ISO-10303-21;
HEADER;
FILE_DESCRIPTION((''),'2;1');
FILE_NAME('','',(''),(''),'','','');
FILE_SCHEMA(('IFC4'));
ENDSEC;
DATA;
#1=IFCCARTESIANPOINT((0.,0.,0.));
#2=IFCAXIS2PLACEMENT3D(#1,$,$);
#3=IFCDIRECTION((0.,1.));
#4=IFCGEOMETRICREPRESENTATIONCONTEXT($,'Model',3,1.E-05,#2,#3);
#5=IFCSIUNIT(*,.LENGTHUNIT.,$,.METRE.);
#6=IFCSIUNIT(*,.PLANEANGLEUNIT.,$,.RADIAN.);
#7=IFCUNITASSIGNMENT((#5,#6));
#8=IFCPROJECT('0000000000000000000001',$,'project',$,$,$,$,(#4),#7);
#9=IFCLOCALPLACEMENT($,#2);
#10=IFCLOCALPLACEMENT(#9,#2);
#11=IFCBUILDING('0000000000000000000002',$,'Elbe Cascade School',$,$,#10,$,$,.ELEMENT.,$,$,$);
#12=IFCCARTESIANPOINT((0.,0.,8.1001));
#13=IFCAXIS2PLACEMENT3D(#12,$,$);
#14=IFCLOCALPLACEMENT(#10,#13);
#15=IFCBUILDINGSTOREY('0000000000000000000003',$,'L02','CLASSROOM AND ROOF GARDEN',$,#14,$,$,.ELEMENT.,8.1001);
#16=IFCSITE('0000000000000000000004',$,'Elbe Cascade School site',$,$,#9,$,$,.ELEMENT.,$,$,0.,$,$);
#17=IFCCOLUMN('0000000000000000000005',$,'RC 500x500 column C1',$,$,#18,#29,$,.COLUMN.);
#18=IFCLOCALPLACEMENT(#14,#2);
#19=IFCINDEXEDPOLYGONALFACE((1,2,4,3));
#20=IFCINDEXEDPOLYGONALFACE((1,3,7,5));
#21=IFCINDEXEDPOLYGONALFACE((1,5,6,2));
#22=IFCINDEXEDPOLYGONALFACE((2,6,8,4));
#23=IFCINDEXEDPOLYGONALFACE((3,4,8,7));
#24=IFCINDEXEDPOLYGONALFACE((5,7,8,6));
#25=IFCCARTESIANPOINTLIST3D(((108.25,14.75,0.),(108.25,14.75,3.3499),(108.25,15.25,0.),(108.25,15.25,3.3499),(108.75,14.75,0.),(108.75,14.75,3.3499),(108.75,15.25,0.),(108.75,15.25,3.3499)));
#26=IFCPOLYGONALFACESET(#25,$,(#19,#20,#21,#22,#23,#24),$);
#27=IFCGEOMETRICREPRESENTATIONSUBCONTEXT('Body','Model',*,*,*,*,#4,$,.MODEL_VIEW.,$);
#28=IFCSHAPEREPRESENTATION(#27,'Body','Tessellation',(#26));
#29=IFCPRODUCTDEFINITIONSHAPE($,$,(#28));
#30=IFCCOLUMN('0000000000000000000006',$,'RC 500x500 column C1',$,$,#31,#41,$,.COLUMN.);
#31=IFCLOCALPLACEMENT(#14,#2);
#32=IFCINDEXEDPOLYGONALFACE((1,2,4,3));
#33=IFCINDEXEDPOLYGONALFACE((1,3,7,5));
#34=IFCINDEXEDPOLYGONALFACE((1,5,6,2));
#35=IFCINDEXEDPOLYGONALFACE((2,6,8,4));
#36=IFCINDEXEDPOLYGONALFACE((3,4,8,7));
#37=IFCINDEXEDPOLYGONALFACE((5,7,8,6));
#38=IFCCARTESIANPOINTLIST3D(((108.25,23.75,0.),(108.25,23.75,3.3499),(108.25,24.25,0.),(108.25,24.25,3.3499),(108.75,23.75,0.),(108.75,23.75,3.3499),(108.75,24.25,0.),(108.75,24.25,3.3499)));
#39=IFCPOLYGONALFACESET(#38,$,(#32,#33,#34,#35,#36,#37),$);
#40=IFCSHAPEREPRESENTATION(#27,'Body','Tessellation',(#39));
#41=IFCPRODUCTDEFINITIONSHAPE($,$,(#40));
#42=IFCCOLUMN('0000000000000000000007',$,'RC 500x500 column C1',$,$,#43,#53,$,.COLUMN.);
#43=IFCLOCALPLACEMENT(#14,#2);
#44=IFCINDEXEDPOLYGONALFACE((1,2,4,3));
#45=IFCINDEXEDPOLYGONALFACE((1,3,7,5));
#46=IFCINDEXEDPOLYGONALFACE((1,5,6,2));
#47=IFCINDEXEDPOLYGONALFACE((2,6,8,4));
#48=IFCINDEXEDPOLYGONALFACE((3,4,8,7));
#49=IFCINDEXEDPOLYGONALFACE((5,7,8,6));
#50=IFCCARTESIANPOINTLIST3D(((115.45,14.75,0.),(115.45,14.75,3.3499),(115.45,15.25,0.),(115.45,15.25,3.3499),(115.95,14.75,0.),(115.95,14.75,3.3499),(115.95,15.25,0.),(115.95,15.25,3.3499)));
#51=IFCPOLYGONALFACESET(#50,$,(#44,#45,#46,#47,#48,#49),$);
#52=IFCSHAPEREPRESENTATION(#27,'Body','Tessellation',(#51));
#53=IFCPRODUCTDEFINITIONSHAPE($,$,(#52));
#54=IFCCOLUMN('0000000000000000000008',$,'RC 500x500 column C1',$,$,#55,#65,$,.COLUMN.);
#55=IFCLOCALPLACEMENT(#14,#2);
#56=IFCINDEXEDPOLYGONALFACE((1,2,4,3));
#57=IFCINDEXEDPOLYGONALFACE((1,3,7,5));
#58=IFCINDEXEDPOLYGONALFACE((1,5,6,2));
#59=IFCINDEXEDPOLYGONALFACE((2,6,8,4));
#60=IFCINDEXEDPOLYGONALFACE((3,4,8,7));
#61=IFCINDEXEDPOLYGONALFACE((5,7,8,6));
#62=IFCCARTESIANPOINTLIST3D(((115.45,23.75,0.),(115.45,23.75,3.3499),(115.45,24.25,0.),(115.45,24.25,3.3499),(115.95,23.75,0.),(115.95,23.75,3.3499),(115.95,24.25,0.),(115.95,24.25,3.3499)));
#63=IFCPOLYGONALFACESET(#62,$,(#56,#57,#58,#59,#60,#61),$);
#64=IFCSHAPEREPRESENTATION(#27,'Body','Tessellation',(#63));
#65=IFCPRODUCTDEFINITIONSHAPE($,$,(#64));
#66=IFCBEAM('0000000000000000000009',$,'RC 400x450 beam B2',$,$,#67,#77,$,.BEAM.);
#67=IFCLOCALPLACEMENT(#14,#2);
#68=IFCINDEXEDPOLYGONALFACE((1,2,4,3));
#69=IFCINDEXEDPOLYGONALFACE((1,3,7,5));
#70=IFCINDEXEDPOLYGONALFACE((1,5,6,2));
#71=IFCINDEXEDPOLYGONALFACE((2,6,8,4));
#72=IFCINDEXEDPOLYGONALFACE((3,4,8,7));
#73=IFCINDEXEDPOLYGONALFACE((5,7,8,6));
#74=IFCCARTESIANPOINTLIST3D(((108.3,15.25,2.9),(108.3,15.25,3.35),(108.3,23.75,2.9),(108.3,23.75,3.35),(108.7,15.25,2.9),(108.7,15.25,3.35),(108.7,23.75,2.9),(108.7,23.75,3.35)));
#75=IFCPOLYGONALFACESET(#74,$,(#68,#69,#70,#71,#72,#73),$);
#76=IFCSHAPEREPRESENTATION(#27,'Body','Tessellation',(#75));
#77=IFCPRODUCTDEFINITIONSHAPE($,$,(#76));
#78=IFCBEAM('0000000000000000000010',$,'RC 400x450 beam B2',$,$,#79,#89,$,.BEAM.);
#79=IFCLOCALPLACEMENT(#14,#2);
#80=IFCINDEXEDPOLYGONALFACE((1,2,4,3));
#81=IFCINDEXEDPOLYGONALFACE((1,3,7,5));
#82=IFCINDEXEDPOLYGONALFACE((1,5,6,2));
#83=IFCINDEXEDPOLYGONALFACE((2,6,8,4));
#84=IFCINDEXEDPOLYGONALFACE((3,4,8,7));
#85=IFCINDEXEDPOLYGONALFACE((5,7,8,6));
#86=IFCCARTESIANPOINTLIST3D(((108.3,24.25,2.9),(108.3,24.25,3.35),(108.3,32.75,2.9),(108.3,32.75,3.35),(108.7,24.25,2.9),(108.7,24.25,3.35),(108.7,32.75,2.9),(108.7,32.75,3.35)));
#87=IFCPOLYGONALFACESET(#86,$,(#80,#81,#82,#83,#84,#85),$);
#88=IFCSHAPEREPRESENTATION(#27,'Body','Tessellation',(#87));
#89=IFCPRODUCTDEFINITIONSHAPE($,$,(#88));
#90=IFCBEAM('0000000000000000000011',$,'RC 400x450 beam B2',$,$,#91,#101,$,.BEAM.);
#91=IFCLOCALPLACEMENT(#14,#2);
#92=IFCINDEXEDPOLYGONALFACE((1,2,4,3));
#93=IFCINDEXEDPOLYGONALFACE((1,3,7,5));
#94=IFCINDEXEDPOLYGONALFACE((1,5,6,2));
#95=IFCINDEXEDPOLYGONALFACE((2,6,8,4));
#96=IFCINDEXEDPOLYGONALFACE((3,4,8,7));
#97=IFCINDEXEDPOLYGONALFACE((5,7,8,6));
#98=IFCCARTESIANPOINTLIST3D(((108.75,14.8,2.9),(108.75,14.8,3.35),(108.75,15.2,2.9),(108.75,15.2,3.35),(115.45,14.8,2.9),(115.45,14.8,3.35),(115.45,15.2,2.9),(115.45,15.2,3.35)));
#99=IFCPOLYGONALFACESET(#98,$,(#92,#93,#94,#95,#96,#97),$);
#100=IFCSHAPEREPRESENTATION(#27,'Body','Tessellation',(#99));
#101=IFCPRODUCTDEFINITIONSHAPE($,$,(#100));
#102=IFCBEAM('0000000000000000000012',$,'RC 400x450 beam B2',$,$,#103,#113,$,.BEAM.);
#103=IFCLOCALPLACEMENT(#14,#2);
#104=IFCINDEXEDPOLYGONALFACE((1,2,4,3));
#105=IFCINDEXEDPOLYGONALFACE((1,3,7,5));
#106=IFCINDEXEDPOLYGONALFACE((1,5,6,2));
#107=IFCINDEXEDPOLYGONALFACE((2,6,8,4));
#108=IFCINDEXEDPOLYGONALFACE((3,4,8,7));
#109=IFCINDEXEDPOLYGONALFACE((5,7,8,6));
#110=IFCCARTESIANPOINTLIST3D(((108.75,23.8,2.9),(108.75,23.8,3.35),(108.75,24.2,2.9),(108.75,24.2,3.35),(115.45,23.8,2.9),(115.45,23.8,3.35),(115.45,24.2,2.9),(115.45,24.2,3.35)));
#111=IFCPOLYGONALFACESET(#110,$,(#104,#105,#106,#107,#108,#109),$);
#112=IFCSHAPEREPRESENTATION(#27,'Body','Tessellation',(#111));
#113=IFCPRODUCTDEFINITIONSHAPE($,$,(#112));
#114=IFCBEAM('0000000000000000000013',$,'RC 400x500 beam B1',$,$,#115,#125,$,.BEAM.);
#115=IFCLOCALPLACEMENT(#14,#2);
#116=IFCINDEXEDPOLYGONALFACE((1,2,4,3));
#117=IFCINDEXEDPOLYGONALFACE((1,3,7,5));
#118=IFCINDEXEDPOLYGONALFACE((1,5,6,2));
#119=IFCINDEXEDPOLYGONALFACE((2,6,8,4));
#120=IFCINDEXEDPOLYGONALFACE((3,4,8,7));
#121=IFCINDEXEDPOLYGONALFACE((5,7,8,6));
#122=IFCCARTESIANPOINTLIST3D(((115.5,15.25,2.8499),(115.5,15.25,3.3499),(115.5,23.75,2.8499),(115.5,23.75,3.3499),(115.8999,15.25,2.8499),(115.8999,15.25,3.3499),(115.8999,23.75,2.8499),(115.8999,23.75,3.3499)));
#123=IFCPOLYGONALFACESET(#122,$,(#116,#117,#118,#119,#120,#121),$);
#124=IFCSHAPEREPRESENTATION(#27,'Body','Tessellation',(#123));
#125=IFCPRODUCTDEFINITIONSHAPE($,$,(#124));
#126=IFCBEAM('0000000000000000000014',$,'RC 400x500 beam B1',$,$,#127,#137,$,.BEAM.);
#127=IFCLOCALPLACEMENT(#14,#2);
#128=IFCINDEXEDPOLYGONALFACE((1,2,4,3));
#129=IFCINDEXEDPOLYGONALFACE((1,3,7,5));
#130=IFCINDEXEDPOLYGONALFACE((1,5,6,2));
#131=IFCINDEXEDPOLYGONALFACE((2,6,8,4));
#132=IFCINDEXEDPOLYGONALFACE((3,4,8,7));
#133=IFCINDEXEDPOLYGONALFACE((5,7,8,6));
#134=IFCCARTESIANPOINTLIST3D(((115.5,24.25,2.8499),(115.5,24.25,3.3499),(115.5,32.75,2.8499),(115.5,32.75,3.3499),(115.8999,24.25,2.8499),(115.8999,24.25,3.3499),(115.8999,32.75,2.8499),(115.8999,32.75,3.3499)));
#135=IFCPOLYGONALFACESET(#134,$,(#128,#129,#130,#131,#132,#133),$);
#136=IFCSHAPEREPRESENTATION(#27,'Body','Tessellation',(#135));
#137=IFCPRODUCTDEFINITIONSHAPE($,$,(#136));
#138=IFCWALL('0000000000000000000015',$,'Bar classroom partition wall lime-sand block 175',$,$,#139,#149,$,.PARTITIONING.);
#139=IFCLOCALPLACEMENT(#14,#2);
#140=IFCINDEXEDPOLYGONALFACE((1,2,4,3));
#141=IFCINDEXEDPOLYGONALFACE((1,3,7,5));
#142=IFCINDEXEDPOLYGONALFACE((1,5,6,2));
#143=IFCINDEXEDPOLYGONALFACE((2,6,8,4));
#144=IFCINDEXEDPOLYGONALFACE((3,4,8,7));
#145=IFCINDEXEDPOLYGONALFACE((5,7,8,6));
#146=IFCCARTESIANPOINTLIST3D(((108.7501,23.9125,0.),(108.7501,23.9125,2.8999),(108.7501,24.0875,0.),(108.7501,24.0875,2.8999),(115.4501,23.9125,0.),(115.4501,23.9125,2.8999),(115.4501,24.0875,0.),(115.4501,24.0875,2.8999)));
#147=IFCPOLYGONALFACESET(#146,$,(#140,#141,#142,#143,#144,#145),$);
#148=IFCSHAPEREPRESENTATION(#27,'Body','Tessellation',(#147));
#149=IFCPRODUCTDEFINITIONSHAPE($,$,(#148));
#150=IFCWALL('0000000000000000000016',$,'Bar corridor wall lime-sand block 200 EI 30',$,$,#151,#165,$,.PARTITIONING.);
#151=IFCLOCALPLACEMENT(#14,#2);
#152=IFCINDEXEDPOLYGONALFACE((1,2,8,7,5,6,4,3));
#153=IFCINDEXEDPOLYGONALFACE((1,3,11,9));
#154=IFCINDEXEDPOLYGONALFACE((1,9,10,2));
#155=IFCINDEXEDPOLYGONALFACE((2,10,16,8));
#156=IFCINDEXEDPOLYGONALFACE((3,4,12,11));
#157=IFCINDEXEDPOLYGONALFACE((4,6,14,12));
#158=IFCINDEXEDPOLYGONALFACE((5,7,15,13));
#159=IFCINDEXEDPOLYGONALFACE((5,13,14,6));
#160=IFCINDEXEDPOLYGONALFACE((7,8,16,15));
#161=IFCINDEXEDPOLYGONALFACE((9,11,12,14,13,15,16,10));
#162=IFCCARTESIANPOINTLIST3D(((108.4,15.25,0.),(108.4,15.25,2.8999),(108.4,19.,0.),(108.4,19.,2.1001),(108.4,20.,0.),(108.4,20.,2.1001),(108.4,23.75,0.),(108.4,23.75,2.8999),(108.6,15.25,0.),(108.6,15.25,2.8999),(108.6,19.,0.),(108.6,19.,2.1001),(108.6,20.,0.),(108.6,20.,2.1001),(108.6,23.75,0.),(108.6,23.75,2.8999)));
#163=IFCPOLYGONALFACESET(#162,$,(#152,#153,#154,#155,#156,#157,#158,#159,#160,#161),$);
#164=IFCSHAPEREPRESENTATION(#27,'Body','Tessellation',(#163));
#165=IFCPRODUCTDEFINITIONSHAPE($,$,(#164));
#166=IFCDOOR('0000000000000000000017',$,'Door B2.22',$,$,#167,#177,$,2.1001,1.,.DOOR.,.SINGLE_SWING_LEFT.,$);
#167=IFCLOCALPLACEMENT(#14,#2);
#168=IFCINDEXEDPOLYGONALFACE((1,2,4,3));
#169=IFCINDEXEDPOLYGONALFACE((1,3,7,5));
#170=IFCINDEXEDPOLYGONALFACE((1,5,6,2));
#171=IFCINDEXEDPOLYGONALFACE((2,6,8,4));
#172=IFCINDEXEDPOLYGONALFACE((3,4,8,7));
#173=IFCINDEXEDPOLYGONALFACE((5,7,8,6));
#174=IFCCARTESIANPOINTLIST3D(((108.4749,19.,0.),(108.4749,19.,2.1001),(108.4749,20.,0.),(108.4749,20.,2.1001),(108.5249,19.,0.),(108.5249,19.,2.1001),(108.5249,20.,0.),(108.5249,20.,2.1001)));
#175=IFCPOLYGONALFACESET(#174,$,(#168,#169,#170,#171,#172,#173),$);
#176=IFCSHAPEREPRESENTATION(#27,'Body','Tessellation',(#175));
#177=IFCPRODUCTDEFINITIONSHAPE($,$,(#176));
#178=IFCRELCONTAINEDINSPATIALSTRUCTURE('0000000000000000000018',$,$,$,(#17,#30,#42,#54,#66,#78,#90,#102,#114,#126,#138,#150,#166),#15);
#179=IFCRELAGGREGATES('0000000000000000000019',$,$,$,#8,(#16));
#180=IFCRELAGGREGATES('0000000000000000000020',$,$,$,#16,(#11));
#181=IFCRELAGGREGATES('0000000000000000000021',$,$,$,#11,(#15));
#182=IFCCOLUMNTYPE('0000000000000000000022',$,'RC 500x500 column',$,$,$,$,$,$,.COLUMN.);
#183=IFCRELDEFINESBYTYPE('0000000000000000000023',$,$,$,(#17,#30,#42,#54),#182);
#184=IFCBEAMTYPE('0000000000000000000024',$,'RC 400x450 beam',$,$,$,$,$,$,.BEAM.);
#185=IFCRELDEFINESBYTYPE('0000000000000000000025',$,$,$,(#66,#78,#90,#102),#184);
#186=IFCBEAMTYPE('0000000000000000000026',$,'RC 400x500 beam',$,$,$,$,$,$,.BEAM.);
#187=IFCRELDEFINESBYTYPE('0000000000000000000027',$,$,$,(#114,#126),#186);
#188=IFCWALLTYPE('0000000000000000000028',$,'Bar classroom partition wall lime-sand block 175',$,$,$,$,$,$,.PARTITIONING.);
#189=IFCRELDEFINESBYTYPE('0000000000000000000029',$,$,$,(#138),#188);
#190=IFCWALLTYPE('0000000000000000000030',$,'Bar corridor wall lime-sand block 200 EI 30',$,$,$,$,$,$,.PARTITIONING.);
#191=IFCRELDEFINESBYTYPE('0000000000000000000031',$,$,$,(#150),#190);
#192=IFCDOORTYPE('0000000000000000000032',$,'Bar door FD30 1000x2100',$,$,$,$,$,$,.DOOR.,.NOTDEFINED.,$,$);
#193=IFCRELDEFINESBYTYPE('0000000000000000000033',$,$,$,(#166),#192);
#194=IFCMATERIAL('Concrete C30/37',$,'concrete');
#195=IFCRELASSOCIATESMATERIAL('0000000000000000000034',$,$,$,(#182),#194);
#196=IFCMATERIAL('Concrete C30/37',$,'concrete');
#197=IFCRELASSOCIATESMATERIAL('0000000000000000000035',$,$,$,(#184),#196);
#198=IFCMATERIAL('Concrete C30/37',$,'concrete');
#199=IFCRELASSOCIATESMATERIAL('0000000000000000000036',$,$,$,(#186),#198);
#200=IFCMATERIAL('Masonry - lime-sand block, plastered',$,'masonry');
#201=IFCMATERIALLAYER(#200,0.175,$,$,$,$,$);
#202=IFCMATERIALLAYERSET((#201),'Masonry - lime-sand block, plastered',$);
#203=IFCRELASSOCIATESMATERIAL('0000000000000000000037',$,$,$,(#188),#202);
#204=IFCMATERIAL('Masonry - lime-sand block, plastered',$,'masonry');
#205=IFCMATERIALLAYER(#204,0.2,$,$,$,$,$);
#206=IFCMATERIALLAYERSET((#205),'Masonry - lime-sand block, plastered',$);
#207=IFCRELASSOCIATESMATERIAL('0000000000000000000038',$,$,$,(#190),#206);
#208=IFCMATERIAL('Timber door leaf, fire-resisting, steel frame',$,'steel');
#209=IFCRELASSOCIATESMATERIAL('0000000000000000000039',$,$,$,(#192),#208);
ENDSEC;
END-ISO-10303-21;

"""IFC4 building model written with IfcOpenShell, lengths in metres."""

from ifc_helpers import new_model, si_unit, direction, frame, frame_2d, origin, origin_2d, place, context, subcontext, project, spatial, rectangle, extrude, material, layer, layer_set, material_profile, profile_set, type_object, element, fill, save


model = new_model("IFC4")

# Units and contexts
model_context = context("Model", 3, precision=1e-05, world=origin(), true_north=direction((0.0, 1.0)))
body_context = subcontext(model_context, "Body", "Model", "MODEL_VIEW")
ifc_project = project(units=[si_unit("LENGTHUNIT", "METRE"), si_unit("PLANEANGLEUNIT", "RADIAN")], contexts=[model_context])

# Site, building, storey
site_placement = place(None, origin())
site = spatial("IfcSite", under=ifc_project, at=site_placement, Name="Elbe Cascade School site", CompositionType="ELEMENT", RefElevation=0.0)
building_placement = place(site_placement, origin())
building = spatial("IfcBuilding", under=site, at=building_placement, Name="Elbe Cascade School", CompositionType="ELEMENT")
storey_placement = place(building_placement, frame((0.0, 0.0, 8.1001)))
storey = spatial("IfcBuildingStorey", under=building, at=storey_placement, Name="L02", Description="CLASSROOM AND ROOF GARDEN", CompositionType="ELEMENT", Elevation=8.1001)

# Columns
ifc_material_1 = material(Name="Concrete C30/37", Category="concrete")
ifc_material_profile_1 = material_profile(ifc_material_1, rectangle(XDim=0.5, YDim=0.5, at=origin_2d()), Name="RC 500x500")
ifc_profile_set_1 = profile_set([ifc_material_profile_1], Name="Concrete C30/37")
column_type = type_object("IfcColumnType", Name="RC 500x500 column", PredefinedType="COLUMN", material=ifc_profile_set_1)
for number, where, z_axis, x_axis, name in (
    (1, (108.5, 15.0, 0.0), (0.0, 0.0, 1.0), (1.0, 0.0, 0.0), "RC 500x500 column C1"),
    (2, (108.5, 24.0, 0.0), (0.0, 0.0, 1.0), (1.0, 0.0, 0.0), "RC 500x500 column C1"),
    (3, (115.7, 15.0, 0.0), (0.0, 0.0, 1.0), (1.0, 0.0, 0.0), "RC 500x500 column C1"),
    (4, (115.7, 24.0, 0.0), (0.0, 0.0, 1.0), (1.0, 0.0, 0.0), "RC 500x500 column C1"),
):
    element("IfcColumn", number, at=place(storey_placement, frame(where, z_axis=z_axis, x_axis=x_axis)), inside=storey, type_object=column_type, Name=name, PredefinedType="COLUMN", context=body_context, shape_type="SweptSolid", body=[
        extrude(rectangle(XDim=0.5, YDim=0.5, at=origin_2d()), origin(), (0.0, 0.0, 1.0), 3.3499),
    ])

# Beams
ifc_material_2 = material(Name="Concrete C30/37", Category="concrete")
ifc_material_profile_2 = material_profile(ifc_material_2, rectangle(XDim=0.3999, YDim=0.45, at=origin_2d()), Name="RC 400x450")
ifc_profile_set_2 = profile_set([ifc_material_profile_2], Name="Concrete C30/37")
beam_type_1 = type_object("IfcBeamType", Name="RC 400x450 beam", PredefinedType="BEAM", material=ifc_profile_set_2)
for number, where, z_axis, x_axis, name in (
    (5, (108.5, 15.25, 3.125), (0.0, 1.0, 0.0), (-1.0, 0.0, 0.0), "RC 400x450 beam B2"),
    (6, (108.5, 24.25, 3.125), (0.0, 1.0, 0.0), (-1.0, 0.0, 0.0), "RC 400x450 beam B2"),
):
    element("IfcBeam", number, at=place(storey_placement, frame(where, z_axis=z_axis, x_axis=x_axis)), inside=storey, type_object=beam_type_1, Name=name, PredefinedType="BEAM", context=body_context, shape_type="SweptSolid", body=[
        extrude(rectangle(XDim=0.3999, YDim=0.45, at=origin_2d()), origin(), (0.0, 0.0, 1.0), 8.5),
    ])
for number, where, z_axis, x_axis, name in (
    (7, (108.75, 15.0, 3.125), (1.0, 0.0, 0.0), (0.0, 1.0, 0.0), "RC 400x450 beam B2"),
    (8, (108.75, 24.0, 3.125), (1.0, 0.0, 0.0), (0.0, 1.0, 0.0), "RC 400x450 beam B2"),
):
    element("IfcBeam", number, at=place(storey_placement, frame(where, z_axis=z_axis, x_axis=x_axis)), inside=storey, type_object=beam_type_1, Name=name, PredefinedType="BEAM", context=body_context, shape_type="SweptSolid", body=[
        extrude(rectangle(XDim=0.3999, YDim=0.45, at=origin_2d()), origin(), (0.0, 0.0, 1.0), 6.7),
    ])
ifc_material_3 = material(Name="Concrete C30/37", Category="concrete")
ifc_material_profile_3 = material_profile(ifc_material_3, rectangle(XDim=0.3999, YDim=0.5, at=origin_2d()), Name="RC 400x500")
ifc_profile_set_3 = profile_set([ifc_material_profile_3], Name="Concrete C30/37")
beam_type_2 = type_object("IfcBeamType", Name="RC 400x500 beam", PredefinedType="BEAM", material=ifc_profile_set_3)
for number, where, z_axis, x_axis, name in (
    (9, (115.7, 15.25, 3.0999), (0.0, 1.0, 0.0), (-1.0, 0.0, 0.0), "RC 400x500 beam B1"),
    (10, (115.7, 24.25, 3.0999), (0.0, 1.0, 0.0), (-1.0, 0.0, 0.0), "RC 400x500 beam B1"),
):
    element("IfcBeam", number, at=place(storey_placement, frame(where, z_axis=z_axis, x_axis=x_axis)), inside=storey, type_object=beam_type_2, Name=name, PredefinedType="BEAM", context=body_context, shape_type="SweptSolid", body=[
        extrude(rectangle(XDim=0.3999, YDim=0.5, at=origin_2d()), origin(), (0.0, 0.0, 1.0), 8.5),
    ])

# Wall
ifc_material_4 = material(Name="Masonry - lime-sand block, plastered", Category="masonry")
ifc_layer_1 = layer(ifc_material_4, 0.175)
ifc_layer_set_1 = layer_set([ifc_layer_1], Name="Masonry - lime-sand block, plastered")
wall_type_1 = type_object("IfcWallType", Name="Bar classroom partition wall lime-sand block 175", PredefinedType="PARTITIONING", material=ifc_layer_set_1)
wall_1_placement = place(storey_placement, frame((108.75, 24.0, 0.0), z_axis=(0.0, 0.0, 1.0), x_axis=(1.0, 0.0, 0.0)))
element("IfcWall", 11, at=wall_1_placement, inside=storey, type_object=wall_type_1, Name="Bar classroom partition wall lime-sand block 175", PredefinedType="PARTITIONING", context=body_context, shape_type="SweptSolid", body=[
    extrude(rectangle(XDim=6.7, YDim=0.175, at=frame_2d((3.3501, 0.0))), origin(), (0.0, 0.0, 1.0), 2.8999),
])

# Wall, opening, door
ifc_material_5 = material(Name="Masonry - lime-sand block, plastered", Category="masonry")
ifc_layer_2 = layer(ifc_material_5, 0.2)
ifc_layer_set_2 = layer_set([ifc_layer_2], Name="Masonry - lime-sand block, plastered")
wall_type_2 = type_object("IfcWallType", Name="Bar corridor wall lime-sand block 200 EI 30", PredefinedType="PARTITIONING", material=ifc_layer_set_2)
wall_2_placement = place(storey_placement, frame((108.5, 23.75, 0.0), z_axis=(0.0, 0.0, 1.0), x_axis=(0.0, -1.0, 0.0)))
wall_2 = element("IfcWall", 12, at=wall_2_placement, inside=storey, type_object=wall_type_2, Name="Bar corridor wall lime-sand block 200 EI 30", PredefinedType="PARTITIONING", context=body_context, shape_type="SweptSolid", body=[
    extrude(rectangle(XDim=8.5, YDim=0.2, at=frame_2d((4.25, 0.0))), origin(), (0.0, 0.0, 1.0), 2.8999),
])
opening_1_placement = place(wall_2_placement, frame((3.75, 0.0, 0.0)))
opening_1 = element("IfcOpeningElement", 13, at=opening_1_placement, cuts=wall_2, PredefinedType="OPENING", context=body_context, shape_type="SweptSolid", body=[
    extrude(rectangle(XDim=1.0, YDim=2.1001, at=frame_2d((0.5, 1.05))), frame((0.0, 0.1099, 0.0), z_axis=(0.0, -1.0, 0.0), x_axis=(1.0, 0.0, 0.0)), (0.0, 0.0, 1.0), 0.22),
])
ifc_material_6 = material(Name="Timber door leaf, fire-resisting, steel frame", Category="steel")
door_type_1 = type_object("IfcDoorType", Name="Bar door FD30 1000x2100", OperationType="NOTDEFINED", PredefinedType="DOOR", material=ifc_material_6)
door_1_placement = place(opening_1_placement, origin())
door_1 = element("IfcDoor", 14, at=door_1_placement, inside=storey, type_object=door_type_1, Name="Door B2.22", OperationType="SINGLE_SWING_LEFT", OverallHeight=2.1001, OverallWidth=1.0, PredefinedType="DOOR", context=body_context, shape_type="SweptSolid", body=[
    extrude(rectangle(XDim=1.0, YDim=2.1001, at=frame_2d((0.5, 1.05))), frame((0.0, 0.0249, 0.0), z_axis=(0.0, -1.0, 0.0), x_axis=(1.0, 0.0, 0.0)), (0.0, 0.0, 1.0), 0.05),
])
fill(opening_1, door_1)

save(model, "model.ifc")
